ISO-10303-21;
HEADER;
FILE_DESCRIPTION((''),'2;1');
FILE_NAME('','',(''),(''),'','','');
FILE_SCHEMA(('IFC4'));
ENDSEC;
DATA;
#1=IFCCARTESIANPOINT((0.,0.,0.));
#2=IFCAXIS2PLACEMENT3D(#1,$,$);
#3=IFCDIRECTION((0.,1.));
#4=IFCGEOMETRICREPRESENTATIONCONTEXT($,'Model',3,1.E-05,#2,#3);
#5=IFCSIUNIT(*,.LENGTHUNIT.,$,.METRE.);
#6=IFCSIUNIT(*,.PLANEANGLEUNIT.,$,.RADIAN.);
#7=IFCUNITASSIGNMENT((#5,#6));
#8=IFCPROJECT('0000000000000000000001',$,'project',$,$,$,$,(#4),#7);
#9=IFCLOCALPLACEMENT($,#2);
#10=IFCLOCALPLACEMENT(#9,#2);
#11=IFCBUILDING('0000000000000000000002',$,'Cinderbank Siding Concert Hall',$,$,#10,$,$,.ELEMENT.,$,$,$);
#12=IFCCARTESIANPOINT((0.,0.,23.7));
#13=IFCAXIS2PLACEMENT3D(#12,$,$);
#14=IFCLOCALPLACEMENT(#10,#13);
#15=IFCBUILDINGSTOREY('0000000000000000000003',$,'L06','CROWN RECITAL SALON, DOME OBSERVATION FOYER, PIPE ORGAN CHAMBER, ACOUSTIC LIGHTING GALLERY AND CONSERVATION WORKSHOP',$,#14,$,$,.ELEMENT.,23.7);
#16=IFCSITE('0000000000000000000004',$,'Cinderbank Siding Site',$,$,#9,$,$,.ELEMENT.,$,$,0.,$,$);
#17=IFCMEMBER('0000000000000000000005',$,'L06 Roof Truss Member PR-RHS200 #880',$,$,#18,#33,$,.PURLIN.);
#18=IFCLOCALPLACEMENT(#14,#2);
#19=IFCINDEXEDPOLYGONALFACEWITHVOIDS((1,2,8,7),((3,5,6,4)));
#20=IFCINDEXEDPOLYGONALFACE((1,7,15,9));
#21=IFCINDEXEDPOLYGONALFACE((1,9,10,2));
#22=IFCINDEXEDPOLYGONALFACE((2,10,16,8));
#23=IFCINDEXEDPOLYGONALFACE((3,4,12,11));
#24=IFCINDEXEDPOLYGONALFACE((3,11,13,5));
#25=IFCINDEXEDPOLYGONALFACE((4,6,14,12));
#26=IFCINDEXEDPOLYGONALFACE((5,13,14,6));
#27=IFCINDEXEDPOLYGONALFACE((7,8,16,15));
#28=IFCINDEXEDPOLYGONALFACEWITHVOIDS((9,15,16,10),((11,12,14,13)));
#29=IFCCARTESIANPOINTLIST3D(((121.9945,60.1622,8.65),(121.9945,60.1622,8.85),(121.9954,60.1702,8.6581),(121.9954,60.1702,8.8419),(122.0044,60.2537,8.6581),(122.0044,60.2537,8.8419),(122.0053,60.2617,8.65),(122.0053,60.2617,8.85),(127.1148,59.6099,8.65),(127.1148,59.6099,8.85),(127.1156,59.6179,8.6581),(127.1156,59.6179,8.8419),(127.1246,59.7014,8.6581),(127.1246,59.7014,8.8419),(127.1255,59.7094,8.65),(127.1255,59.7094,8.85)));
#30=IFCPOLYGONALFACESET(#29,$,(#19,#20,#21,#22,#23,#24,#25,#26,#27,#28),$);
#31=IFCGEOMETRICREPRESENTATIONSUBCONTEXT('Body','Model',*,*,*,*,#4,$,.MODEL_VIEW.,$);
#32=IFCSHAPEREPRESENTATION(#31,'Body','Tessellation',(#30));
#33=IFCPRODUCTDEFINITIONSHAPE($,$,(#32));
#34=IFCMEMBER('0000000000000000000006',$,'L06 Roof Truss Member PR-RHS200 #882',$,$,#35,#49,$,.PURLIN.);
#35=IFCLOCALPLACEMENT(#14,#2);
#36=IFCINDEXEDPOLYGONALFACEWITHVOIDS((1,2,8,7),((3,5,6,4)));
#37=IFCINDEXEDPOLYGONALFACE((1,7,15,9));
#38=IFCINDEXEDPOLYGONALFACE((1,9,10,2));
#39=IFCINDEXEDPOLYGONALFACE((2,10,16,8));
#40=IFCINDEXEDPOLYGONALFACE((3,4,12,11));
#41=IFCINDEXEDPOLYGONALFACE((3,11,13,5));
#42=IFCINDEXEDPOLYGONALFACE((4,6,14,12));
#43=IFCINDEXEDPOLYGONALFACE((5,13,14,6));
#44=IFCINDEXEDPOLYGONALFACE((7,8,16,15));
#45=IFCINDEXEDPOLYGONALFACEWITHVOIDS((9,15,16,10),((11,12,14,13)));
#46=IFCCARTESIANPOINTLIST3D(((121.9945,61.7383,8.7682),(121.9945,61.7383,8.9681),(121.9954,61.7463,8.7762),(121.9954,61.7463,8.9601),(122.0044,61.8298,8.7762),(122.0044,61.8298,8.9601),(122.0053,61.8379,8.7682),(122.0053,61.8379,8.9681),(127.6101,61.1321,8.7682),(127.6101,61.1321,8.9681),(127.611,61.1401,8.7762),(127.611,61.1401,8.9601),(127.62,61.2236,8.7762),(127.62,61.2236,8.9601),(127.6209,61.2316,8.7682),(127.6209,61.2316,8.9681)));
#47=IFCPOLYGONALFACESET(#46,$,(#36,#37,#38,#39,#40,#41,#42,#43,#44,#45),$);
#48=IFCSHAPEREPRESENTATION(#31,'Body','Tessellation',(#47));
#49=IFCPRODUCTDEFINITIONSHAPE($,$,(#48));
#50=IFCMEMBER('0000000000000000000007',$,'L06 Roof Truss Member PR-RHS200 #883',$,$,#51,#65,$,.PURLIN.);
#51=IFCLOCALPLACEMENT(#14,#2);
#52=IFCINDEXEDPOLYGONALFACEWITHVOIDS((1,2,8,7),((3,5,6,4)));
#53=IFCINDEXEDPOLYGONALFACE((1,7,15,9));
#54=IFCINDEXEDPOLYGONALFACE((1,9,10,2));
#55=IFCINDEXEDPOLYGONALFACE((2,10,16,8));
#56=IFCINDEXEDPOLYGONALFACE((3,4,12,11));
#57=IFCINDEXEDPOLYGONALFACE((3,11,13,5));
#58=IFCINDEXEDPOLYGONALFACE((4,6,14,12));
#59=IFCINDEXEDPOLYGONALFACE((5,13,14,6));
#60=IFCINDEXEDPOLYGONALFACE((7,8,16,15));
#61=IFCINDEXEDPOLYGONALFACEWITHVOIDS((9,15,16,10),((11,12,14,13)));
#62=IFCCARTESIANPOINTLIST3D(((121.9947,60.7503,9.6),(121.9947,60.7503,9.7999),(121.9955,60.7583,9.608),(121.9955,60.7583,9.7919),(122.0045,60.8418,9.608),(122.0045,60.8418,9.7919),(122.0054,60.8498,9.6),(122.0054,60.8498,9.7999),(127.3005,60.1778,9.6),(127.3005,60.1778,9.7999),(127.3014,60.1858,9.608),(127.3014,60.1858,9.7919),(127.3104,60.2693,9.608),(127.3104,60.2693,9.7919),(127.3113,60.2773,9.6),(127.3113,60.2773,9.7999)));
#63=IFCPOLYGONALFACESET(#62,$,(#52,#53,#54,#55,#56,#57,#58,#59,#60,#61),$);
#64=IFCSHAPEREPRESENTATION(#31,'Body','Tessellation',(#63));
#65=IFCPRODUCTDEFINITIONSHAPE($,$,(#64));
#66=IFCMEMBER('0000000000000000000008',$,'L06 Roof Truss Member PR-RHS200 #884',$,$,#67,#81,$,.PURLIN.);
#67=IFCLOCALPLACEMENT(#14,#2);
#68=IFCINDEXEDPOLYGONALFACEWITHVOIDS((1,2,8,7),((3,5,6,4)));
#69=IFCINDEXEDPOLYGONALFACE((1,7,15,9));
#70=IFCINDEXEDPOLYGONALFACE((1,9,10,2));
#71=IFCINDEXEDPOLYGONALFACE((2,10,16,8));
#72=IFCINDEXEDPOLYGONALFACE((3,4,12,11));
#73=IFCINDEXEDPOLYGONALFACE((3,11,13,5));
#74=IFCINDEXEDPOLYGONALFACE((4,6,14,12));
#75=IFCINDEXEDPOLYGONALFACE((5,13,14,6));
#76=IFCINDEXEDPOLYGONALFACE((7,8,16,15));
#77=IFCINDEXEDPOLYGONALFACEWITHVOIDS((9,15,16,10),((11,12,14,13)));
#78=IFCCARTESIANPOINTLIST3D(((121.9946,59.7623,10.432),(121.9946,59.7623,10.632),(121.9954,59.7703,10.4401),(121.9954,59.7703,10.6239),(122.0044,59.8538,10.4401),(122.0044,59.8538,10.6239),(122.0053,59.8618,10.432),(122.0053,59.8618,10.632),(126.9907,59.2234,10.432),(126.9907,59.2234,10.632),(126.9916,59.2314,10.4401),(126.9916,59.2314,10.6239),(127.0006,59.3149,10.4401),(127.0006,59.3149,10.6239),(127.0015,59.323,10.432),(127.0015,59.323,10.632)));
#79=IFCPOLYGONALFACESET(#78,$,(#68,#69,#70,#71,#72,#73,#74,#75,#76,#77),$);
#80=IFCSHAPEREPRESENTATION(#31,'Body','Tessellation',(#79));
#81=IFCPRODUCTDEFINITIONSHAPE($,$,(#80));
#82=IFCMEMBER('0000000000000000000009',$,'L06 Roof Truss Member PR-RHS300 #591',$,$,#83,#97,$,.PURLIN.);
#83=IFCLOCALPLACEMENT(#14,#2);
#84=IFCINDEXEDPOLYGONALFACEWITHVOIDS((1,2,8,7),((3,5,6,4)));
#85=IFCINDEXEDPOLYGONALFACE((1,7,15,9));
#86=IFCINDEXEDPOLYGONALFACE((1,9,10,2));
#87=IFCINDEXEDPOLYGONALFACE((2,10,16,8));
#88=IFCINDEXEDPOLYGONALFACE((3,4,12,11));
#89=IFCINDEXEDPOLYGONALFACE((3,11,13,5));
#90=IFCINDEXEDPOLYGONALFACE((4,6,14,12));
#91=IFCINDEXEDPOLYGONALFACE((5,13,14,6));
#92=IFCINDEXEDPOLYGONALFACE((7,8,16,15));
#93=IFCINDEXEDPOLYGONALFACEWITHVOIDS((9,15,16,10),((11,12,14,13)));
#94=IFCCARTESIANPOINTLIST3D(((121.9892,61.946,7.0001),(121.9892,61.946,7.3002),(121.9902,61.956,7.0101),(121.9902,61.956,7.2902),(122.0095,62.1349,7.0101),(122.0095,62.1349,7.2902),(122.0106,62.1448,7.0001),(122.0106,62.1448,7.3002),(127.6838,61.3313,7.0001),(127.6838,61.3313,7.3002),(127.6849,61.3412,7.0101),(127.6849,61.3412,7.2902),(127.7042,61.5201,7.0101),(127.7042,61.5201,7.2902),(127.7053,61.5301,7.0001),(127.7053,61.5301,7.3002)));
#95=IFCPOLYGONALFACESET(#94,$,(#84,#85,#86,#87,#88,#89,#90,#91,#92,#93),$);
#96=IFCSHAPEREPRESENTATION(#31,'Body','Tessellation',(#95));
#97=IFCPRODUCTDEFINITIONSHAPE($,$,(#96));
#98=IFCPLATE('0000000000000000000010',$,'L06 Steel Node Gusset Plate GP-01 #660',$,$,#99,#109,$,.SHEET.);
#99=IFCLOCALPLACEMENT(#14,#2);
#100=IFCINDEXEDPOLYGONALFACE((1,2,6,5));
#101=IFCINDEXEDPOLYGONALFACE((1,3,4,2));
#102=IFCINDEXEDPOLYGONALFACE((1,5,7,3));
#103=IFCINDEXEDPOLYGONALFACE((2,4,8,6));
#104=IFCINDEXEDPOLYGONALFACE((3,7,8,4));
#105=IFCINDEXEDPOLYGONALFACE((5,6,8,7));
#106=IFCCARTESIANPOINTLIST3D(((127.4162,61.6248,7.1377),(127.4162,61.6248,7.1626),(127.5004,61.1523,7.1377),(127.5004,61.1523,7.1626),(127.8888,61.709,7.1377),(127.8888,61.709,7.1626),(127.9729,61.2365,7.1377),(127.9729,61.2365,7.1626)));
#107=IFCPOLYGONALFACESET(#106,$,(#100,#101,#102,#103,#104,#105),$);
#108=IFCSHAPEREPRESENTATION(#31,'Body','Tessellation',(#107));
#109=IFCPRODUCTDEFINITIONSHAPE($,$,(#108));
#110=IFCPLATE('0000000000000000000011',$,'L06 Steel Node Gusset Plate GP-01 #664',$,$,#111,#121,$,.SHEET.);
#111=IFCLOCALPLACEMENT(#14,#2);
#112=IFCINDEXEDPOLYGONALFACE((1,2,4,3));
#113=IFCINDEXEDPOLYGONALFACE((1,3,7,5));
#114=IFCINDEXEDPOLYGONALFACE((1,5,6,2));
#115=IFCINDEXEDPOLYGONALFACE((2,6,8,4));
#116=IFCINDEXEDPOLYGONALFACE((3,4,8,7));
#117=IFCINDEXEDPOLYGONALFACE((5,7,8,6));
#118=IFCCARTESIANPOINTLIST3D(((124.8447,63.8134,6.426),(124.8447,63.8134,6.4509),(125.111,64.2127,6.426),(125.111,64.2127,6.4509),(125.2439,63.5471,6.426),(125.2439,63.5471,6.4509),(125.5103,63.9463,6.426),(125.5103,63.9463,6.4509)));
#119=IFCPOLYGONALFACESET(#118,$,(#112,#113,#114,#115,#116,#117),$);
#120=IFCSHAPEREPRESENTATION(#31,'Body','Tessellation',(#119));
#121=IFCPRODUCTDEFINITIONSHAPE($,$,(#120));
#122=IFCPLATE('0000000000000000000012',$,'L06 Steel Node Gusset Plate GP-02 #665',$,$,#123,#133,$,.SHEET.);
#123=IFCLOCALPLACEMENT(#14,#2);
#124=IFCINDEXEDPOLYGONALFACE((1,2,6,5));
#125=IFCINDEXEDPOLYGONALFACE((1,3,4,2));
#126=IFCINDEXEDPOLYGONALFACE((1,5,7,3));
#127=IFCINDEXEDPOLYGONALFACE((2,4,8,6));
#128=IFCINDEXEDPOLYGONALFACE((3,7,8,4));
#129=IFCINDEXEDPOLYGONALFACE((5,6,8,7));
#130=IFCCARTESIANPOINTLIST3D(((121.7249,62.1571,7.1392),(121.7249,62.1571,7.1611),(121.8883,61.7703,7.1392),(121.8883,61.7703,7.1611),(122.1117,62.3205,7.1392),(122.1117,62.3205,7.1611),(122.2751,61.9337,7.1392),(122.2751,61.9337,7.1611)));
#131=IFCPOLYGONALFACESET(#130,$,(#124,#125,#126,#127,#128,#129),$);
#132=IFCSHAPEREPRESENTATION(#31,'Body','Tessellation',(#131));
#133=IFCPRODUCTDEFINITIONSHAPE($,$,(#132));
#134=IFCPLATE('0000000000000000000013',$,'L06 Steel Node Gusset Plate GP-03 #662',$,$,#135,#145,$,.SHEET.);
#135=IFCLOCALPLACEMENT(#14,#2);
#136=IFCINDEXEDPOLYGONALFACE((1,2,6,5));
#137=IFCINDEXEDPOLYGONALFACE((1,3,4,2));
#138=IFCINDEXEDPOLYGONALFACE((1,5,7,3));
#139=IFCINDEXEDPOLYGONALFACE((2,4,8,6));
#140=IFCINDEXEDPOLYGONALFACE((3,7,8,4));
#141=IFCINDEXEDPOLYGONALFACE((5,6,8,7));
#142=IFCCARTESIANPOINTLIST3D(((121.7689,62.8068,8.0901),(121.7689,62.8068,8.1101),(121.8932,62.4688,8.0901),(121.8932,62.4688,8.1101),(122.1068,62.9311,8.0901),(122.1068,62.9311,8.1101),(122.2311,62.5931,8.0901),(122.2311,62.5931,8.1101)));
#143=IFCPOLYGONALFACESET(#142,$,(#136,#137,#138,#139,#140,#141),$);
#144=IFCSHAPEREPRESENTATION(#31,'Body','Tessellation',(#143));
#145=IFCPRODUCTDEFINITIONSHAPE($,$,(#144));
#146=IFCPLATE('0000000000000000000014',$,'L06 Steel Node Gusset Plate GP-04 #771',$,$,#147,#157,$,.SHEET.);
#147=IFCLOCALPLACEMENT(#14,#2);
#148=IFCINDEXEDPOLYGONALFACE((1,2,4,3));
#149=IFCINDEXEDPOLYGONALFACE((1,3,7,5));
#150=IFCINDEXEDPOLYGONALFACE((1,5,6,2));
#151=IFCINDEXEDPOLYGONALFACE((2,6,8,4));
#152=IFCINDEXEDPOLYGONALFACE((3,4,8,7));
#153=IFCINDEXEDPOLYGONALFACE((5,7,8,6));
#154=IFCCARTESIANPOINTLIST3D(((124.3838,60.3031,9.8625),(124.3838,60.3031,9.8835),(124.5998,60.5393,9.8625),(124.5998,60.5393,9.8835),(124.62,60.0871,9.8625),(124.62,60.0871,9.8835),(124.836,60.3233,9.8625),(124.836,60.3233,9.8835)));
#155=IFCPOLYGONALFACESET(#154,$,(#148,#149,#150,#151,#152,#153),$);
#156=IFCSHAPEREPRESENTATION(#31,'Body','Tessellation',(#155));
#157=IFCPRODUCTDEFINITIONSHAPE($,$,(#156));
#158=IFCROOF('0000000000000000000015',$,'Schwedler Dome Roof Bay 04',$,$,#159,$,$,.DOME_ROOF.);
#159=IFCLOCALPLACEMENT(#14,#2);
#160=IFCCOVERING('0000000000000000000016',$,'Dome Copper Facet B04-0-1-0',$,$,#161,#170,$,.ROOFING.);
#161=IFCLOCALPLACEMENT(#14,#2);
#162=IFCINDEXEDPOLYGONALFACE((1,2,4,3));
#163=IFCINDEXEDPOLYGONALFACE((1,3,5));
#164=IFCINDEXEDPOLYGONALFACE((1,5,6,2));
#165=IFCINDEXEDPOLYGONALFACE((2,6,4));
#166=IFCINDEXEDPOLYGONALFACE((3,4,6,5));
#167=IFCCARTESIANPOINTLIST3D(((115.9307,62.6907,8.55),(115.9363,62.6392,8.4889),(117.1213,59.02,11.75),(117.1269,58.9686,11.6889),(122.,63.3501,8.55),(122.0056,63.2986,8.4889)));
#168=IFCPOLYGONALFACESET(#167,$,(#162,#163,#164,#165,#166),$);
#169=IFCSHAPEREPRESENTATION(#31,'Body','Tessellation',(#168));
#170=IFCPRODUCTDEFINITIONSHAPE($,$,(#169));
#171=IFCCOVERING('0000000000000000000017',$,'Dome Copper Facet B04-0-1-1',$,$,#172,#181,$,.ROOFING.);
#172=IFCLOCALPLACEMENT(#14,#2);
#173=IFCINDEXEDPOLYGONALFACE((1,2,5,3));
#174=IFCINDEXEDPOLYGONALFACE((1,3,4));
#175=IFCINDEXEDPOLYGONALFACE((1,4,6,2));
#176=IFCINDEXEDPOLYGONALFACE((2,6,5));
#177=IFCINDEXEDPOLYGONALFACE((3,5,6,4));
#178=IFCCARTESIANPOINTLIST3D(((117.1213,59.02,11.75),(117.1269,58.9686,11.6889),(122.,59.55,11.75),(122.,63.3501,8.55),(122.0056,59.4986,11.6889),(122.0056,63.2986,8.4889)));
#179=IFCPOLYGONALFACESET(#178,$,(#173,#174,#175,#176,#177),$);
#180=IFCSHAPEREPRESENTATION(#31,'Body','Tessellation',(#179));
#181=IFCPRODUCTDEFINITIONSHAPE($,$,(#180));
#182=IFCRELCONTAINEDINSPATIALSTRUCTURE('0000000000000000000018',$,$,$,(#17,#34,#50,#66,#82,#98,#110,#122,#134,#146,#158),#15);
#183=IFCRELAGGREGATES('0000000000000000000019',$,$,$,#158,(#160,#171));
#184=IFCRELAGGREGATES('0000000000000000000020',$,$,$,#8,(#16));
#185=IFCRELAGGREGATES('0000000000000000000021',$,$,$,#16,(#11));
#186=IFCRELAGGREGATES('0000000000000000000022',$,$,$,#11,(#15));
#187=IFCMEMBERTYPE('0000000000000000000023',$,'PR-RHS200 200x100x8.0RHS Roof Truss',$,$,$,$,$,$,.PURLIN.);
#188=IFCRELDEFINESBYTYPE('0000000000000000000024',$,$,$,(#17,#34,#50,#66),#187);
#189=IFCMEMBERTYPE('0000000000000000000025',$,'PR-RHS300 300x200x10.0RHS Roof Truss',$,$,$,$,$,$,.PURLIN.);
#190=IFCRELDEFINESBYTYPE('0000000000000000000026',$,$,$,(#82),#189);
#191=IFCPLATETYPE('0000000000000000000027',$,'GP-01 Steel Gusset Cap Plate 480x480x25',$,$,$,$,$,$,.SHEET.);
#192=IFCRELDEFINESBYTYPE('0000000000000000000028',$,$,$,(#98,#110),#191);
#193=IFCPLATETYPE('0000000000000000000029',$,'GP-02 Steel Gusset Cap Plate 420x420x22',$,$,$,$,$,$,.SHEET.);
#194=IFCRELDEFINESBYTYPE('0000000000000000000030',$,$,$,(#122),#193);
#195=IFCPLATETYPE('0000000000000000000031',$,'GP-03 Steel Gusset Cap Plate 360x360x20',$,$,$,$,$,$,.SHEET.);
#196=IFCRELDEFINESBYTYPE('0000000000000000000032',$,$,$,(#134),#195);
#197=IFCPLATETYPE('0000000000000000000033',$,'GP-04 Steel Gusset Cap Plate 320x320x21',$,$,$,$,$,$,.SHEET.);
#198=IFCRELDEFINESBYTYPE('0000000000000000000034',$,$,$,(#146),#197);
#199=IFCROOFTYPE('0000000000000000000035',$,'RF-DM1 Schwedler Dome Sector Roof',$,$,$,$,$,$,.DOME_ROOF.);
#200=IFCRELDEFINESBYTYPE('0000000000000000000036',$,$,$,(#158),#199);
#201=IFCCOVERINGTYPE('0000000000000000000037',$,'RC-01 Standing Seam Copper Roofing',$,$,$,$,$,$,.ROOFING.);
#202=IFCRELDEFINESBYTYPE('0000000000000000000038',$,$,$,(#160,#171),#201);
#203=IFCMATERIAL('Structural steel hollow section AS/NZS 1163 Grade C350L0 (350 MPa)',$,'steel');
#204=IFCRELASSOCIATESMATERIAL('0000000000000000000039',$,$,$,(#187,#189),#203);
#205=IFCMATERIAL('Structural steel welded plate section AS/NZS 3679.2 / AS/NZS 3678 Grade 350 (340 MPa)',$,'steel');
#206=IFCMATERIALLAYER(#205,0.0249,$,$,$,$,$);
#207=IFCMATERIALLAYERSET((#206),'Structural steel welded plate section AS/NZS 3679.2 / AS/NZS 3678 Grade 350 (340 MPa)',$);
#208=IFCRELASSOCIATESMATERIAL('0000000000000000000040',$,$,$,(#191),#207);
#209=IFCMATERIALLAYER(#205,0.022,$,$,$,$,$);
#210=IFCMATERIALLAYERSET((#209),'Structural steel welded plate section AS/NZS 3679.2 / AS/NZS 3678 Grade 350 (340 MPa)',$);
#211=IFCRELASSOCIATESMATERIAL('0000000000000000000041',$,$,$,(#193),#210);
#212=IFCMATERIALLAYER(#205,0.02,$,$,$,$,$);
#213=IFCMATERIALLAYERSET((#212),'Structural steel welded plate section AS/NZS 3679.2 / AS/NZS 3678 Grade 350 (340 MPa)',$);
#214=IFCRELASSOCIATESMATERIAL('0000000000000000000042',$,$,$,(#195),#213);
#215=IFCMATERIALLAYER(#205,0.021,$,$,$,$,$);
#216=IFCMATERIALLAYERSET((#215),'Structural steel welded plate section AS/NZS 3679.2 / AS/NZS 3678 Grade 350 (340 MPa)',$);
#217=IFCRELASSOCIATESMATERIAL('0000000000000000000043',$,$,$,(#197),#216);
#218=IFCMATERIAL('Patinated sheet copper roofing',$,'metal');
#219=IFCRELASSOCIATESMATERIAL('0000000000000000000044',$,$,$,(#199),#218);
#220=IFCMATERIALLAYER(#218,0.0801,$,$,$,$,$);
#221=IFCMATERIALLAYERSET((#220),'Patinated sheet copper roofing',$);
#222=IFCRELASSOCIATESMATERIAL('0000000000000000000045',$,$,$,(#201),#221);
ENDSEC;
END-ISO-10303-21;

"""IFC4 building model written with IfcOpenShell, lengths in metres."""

from ifc_helpers import new_model, si_unit, direction, frame, origin, origin_2d, place, context, subcontext, project, spatial, polyline, rectangle, hollow_rectangle, outline, extrude, material, layer, layer_set, material_profile, profile_set, type_object, element, aggregate, save


model = new_model("IFC4")

# Units and contexts
model_context = context("Model", 3, precision=1e-05, world=origin(), true_north=direction((0.0, 1.0)))
body_context = subcontext(model_context, "Body", "Model", "MODEL_VIEW")
ifc_project = project(units=[si_unit("LENGTHUNIT", "METRE"), si_unit("PLANEANGLEUNIT", "RADIAN")], contexts=[model_context])

# Site, building, storey
site_placement = place(None, origin())
site = spatial("IfcSite", under=ifc_project, at=site_placement, Name="Cinderbank Siding Site", CompositionType="ELEMENT", RefElevation=0.0)
building_placement = place(site_placement, origin())
building = spatial("IfcBuilding", under=site, at=building_placement, Name="Cinderbank Siding Concert Hall", CompositionType="ELEMENT")
storey_placement = place(building_placement, frame((0.0, 0.0, 23.7)))
storey = spatial("IfcBuildingStorey", under=building, at=storey_placement, Name="L06", Description="CROWN RECITAL SALON, DOME OBSERVATION FOYER, PIPE ORGAN CHAMBER, ACOUSTIC LIGHTING GALLERY AND CONSERVATION WORKSHOP", CompositionType="ELEMENT", Elevation=23.7)

# Members
ifc_material_1 = material(Name="Structural steel hollow section AS/NZS 1163 Grade C350L0 (350 MPa)", Category="steel")
ifc_material_profile_1 = material_profile(ifc_material_1, hollow_rectangle(XDim=0.1001, YDim=0.2, WallThickness=0.0081, at=origin_2d()), Name="200x100x8.0RHS", Category="LoadBearing")
ifc_profile_set_1 = profile_set([ifc_material_profile_1], Name="Structural steel hollow section AS/NZS 1163 Grade C350L0 (350 MPa)")
member_type_1 = type_object("IfcMemberType", Name="PR-RHS200 200x100x8.0RHS Roof Truss", PredefinedType="PURLIN", material=ifc_profile_set_1)
member_1_placement = place(storey_placement, frame((127.1201, 59.6597, 8.75), z_axis=(-0.994234, 0.107236, 0.0), x_axis=(-0.107236, -0.994234, 0.0)))
element("IfcMember", 1, at=member_1_placement, inside=storey, type_object=member_type_1, Name="L06 Roof Truss Member PR-RHS200 #880", PredefinedType="PURLIN", context=body_context, shape_type="SweptSolid", body=[
    extrude(hollow_rectangle(XDim=0.1001, YDim=0.2, WallThickness=0.0081, at=origin_2d()), origin(), (0.0, 0.0, 1.0), 5.1499),
])
member_2_placement = place(storey_placement, frame((127.6155, 61.1819, 8.8682), z_axis=(-0.994224, 0.107328, 0.0), x_axis=(-0.107328, -0.994224, 0.0)))
element("IfcMember", 2, at=member_2_placement, inside=storey, type_object=member_type_1, Name="L06 Roof Truss Member PR-RHS200 #882", PredefinedType="PURLIN", context=body_context, shape_type="SweptSolid", body=[
    extrude(hollow_rectangle(XDim=0.1001, YDim=0.2, WallThickness=0.0081, at=origin_2d()), origin(), (0.0, 0.0, 1.0), 5.6482),
])
member_3_placement = place(storey_placement, frame((127.3059, 60.2275, 9.7), z_axis=(-0.994229, 0.107278, 0.0), x_axis=(-0.107278, -0.994229, 0.0)))
element("IfcMember", 3, at=member_3_placement, inside=storey, type_object=member_type_1, Name="L06 Roof Truss Member PR-RHS200 #883", PredefinedType="PURLIN", context=body_context, shape_type="SweptSolid", body=[
    extrude(hollow_rectangle(XDim=0.1001, YDim=0.2, WallThickness=0.0081, at=origin_2d()), origin(), (0.0, 0.0, 1.0), 5.3367),
])
member_4_placement = place(storey_placement, frame((126.9961, 59.2732, 10.532), z_axis=(-0.994235, 0.107226, 0.0), x_axis=(-0.107226, -0.994235, 0.0)))
element("IfcMember", 4, at=member_4_placement, inside=storey, type_object=member_type_1, Name="L06 Roof Truss Member PR-RHS200 #884", PredefinedType="PURLIN", context=body_context, shape_type="SweptSolid", body=[
    extrude(hollow_rectangle(XDim=0.1001, YDim=0.2, WallThickness=0.0081, at=origin_2d()), origin(), (0.0, 0.0, 1.0), 5.0251),
])
ifc_material_profile_2 = material_profile(ifc_material_1, hollow_rectangle(XDim=0.2, YDim=0.3, WallThickness=0.01, at=origin_2d()), Name="300x200x10.0RHS", Category="LoadBearing")
ifc_profile_set_2 = profile_set([ifc_material_profile_2], Name="Structural steel hollow section AS/NZS 1163 Grade C350L0 (350 MPa)")
member_type_2 = type_object("IfcMemberType", Name="PR-RHS300 300x200x10.0RHS Roof Truss", PredefinedType="PURLIN", material=ifc_profile_set_2)
member_5_placement = place(storey_placement, frame((127.6946, 61.4307, 7.1501), z_axis=(-0.994224, 0.107329, 0.0), x_axis=(-0.107329, -0.994224, 0.0)))
element("IfcMember", 5, at=member_5_placement, inside=storey, type_object=member_type_2, Name="L06 Roof Truss Member PR-RHS300 #591", PredefinedType="PURLIN", context=body_context, shape_type="SweptSolid", body=[
    extrude(hollow_rectangle(XDim=0.2, YDim=0.3, WallThickness=0.01, at=origin_2d()), origin(), (0.0, 0.0, 1.0), 5.7278),
])

# Plates
ifc_material_2 = material(Name="Structural steel welded plate section AS/NZS 3679.2 / AS/NZS 3678 Grade 350 (340 MPa)", Category="steel")
ifc_layer_1 = layer(ifc_material_2, 0.0249)
ifc_layer_set_1 = layer_set([ifc_layer_1], Name="Structural steel welded plate section AS/NZS 3679.2 / AS/NZS 3678 Grade 350 (340 MPa)")
plate_type_1 = type_object("IfcPlateType", Name="GP-01 Steel Gusset Cap Plate 480x480x25", PredefinedType="SHEET", material=ifc_layer_set_1)
for number, where, z_axis, x_axis, name in (
    (6, (127.6946, 61.4307, 7.1377), (0.0, 0.0, 1.0), (-0.984503, -0.175367, 0.0), "L06 Steel Node Gusset Plate GP-01 #660"),
    (7, (125.1775, 63.8799, 6.426), (0.0, 0.0, 1.0), (0.831857, -0.55499, 0.0), "L06 Steel Node Gusset Plate GP-01 #664"),
):
    element("IfcPlate", number, at=place(storey_placement, frame(where, z_axis=z_axis, x_axis=x_axis)), inside=storey, type_object=plate_type_1, Name=name, PredefinedType="SHEET", context=body_context, shape_type="SweptSolid", body=[
        extrude(rectangle(XDim=0.48, YDim=0.48, at=origin_2d()), origin(), (0.0, 0.0, 1.0), 0.0249),
    ])
ifc_layer_2 = layer(ifc_material_2, 0.022)
ifc_layer_set_2 = layer_set([ifc_layer_2], Name="Structural steel welded plate section AS/NZS 3679.2 / AS/NZS 3678 Grade 350 (340 MPa)")
plate_type_2 = type_object("IfcPlateType", Name="GP-02 Steel Gusset Cap Plate 420x420x22", PredefinedType="SHEET", material=ifc_layer_set_2)
plate_1_placement = place(storey_placement, frame((122.0, 62.0454, 7.1392), z_axis=(0.0, 0.0, 1.0), x_axis=(-0.921185, -0.389124, 0.0)))
element("IfcPlate", 8, at=plate_1_placement, inside=storey, type_object=plate_type_2, Name="L06 Steel Node Gusset Plate GP-02 #665", PredefinedType="SHEET", context=body_context, shape_type="SweptSolid", body=[
    extrude(rectangle(XDim=0.4199, YDim=0.4199, at=origin_2d()), origin(), (0.0, 0.0, 1.0), 0.022),
])
ifc_layer_3 = layer(ifc_material_2, 0.02)
ifc_layer_set_3 = layer_set([ifc_layer_3], Name="Structural steel welded plate section AS/NZS 3679.2 / AS/NZS 3678 Grade 350 (340 MPa)")
plate_type_3 = type_object("IfcPlateType", Name="GP-03 Steel Gusset Cap Plate 360x360x20", PredefinedType="SHEET", material=ifc_layer_set_3)
plate_2_placement = place(storey_placement, frame((122.0, 62.7, 8.0901), z_axis=(0.0, 0.0, 1.0), x_axis=(-0.938553, -0.345134, 0.0)))
element("IfcPlate", 9, at=plate_2_placement, inside=storey, type_object=plate_type_3, Name="L06 Steel Node Gusset Plate GP-03 #662", PredefinedType="SHEET", context=body_context, shape_type="SweptSolid", body=[
    extrude(rectangle(XDim=0.3601, YDim=0.3601, at=origin_2d()), origin(), (0.0, 0.0, 1.0), 0.02),
])
ifc_layer_4 = layer(ifc_material_2, 0.021)
ifc_layer_set_4 = layer_set([ifc_layer_4], Name="Structural steel welded plate section AS/NZS 3679.2 / AS/NZS 3678 Grade 350 (340 MPa)")
plate_type_4 = type_object("IfcPlateType", Name="GP-04 Steel Gusset Cap Plate 320x320x21", PredefinedType="SHEET", material=ifc_layer_set_4)
plate_3_placement = place(storey_placement, frame((124.6099, 60.3132, 9.8625), z_axis=(0.0, 0.0, 1.0), x_axis=(0.737984, -0.674818, 0.0)))
element("IfcPlate", 10, at=plate_3_placement, inside=storey, type_object=plate_type_4, Name="L06 Steel Node Gusset Plate GP-04 #771", PredefinedType="SHEET", context=body_context, shape_type="SweptSolid", body=[
    extrude(rectangle(XDim=0.3201, YDim=0.3201, at=origin_2d()), origin(), (0.0, 0.0, 1.0), 0.021),
])

# Roof, coverings
ifc_material_3 = material(Name="Patinated sheet copper roofing", Category="metal")
roof_type = type_object("IfcRoofType", Name="RF-DM1 Schwedler Dome Sector Roof", PredefinedType="DOME_ROOF", material=ifc_material_3)
roof_placement = place(storey_placement, origin())
roof = element("IfcRoof", 11, at=roof_placement, inside=storey, type_object=roof_type, Name="Schwedler Dome Roof Bay 04", PredefinedType="DOME_ROOF")
ifc_layer_5 = layer(ifc_material_3, 0.0801)
ifc_layer_set_5 = layer_set([ifc_layer_5], Name="Patinated sheet copper roofing")
covering_type = type_object("IfcCoveringType", Name="RC-01 Standing Seam Copper Roofing", PredefinedType="ROOFING", material=ifc_layer_set_5)
covering_1_placement = place(storey_placement, frame((122.0, 63.3501, 8.55), z_axis=(-0.069813, 0.642556, 0.763051), x_axis=(-0.99415, -0.108013, 0.0)))
covering_1 = element("IfcCovering", 12, at=covering_1_placement, type_object=covering_type, Name="Dome Copper Facet B04-0-1-0", PredefinedType="ROOFING", context=body_context, shape_type="SweptSolid", body=[
    extrude(outline(polyline([(0.0, 0.0), (6.1051, 0.0), (5.3178, 4.9509), (0.0, 0.0)])), origin(), (0.0, 0.0, -1.0), 0.0801),
])
covering_2_placement = place(storey_placement, frame((122.0, 63.3501, 8.55), z_axis=(-0.069809, 0.642554, 0.763054), x_axis=(-0.671463, -0.59596, 0.440418)))
covering_2 = element("IfcCovering", 13, at=covering_2_placement, type_object=covering_type, Name="Dome Copper Facet B04-0-1-1", PredefinedType="ROOFING", context=body_context, shape_type="SweptSolid", body=[
    extrude(outline(polyline([(0.0, 0.0), (7.2657, 0.0), (3.674, 3.3439), (0.0, 0.0)])), origin(), (0.0, 0.0, -1.0), 0.0801),
])
aggregate(roof, [covering_1, covering_2])

save(model, "model.ifc")
